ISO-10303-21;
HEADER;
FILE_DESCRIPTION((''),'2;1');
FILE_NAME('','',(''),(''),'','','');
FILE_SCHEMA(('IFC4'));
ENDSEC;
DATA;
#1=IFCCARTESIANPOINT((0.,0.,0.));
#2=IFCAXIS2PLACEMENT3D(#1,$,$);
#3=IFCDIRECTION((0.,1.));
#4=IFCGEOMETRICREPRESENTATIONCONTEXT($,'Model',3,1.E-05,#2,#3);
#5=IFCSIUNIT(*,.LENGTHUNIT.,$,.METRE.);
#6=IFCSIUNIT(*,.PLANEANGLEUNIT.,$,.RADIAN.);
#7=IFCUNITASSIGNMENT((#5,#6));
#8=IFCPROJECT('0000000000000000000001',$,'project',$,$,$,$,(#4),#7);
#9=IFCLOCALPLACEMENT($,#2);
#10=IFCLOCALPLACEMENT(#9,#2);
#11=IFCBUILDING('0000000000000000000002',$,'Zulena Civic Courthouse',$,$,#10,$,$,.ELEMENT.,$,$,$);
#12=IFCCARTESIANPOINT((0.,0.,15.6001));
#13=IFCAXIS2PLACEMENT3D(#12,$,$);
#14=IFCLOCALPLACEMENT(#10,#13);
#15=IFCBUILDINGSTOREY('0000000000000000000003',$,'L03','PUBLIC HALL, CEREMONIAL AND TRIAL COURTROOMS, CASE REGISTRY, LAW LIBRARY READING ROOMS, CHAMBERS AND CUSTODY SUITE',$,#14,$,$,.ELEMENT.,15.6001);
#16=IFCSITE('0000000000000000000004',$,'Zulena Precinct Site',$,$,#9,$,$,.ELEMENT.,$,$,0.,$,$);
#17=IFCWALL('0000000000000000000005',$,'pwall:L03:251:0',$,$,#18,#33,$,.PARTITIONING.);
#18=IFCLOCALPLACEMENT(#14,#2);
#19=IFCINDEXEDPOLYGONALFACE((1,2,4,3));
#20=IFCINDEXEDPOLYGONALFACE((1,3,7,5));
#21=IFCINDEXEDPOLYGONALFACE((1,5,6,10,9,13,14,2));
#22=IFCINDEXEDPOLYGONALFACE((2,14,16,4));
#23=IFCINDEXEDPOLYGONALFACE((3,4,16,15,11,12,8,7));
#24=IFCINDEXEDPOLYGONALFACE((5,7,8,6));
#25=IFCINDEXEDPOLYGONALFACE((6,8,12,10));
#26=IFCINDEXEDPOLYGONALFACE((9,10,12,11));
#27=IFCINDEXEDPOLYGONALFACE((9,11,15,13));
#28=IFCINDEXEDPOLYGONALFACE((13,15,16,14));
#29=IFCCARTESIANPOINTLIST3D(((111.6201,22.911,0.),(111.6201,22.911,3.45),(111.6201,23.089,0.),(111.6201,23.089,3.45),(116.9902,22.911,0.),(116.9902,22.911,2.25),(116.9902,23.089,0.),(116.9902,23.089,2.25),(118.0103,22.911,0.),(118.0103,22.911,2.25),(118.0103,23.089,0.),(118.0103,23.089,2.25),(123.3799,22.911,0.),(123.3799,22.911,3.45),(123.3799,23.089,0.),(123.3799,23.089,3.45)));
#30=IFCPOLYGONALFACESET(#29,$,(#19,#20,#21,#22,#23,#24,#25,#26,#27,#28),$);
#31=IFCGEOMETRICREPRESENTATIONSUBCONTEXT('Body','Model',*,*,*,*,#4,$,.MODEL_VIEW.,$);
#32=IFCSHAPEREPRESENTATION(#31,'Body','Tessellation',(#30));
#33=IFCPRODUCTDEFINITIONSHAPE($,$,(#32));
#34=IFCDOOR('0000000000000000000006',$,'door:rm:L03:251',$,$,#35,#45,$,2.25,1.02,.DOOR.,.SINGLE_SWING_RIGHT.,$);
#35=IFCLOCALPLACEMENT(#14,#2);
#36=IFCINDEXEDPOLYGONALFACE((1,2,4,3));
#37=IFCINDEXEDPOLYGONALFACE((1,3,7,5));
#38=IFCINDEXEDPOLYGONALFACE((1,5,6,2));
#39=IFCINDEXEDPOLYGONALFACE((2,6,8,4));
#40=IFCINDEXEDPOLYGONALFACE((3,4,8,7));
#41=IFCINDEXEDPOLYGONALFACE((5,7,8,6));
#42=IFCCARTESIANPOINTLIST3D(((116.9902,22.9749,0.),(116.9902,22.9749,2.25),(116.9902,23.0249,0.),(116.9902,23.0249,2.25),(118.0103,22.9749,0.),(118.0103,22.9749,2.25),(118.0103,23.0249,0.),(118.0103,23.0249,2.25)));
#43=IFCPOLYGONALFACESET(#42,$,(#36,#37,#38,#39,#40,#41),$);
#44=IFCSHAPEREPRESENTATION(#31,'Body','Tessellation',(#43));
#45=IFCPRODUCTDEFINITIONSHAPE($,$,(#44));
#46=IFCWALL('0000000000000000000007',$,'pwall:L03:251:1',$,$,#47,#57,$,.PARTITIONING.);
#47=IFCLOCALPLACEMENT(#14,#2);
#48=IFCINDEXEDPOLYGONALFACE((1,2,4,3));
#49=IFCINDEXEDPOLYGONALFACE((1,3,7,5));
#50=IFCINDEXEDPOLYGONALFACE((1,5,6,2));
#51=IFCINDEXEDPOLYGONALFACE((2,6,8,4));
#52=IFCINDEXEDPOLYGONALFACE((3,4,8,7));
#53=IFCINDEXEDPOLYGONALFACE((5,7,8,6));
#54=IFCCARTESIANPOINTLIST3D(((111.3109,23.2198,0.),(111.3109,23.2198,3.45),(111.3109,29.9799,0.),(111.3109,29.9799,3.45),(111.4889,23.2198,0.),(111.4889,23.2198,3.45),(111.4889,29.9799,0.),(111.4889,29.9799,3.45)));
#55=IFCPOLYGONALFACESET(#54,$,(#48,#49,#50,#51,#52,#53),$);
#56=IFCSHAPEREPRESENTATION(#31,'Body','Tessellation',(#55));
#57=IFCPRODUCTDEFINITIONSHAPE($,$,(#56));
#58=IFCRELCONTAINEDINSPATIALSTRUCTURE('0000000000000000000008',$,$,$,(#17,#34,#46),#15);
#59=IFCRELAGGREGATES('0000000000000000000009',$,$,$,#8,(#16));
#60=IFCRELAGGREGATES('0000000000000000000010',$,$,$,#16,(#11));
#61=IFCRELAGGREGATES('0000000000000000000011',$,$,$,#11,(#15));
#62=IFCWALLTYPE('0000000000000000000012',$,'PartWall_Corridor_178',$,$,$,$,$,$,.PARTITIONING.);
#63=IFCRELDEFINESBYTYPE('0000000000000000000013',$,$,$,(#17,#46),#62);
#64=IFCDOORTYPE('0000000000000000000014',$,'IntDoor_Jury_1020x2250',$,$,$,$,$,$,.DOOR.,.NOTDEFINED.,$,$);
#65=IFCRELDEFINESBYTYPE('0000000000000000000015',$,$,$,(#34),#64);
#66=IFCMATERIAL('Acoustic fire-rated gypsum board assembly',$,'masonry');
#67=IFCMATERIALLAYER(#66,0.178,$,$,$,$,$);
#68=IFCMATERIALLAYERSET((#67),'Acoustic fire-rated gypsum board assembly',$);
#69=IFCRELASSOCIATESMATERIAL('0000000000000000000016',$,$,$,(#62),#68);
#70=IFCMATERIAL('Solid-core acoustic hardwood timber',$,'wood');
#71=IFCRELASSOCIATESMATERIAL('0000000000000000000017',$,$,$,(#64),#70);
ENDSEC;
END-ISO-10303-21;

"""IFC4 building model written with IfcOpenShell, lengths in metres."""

from ifc_helpers import new_model, si_unit, direction, frame, frame_2d, origin, place, context, subcontext, project, spatial, rectangle, extrude, material, layer, layer_set, type_object, element, fill, save


model = new_model("IFC4")

# Units and contexts
model_context = context("Model", 3, precision=1e-05, world=origin(), true_north=direction((0.0, 1.0)))
body_context = subcontext(model_context, "Body", "Model", "MODEL_VIEW")
ifc_project = project(units=[si_unit("LENGTHUNIT", "METRE"), si_unit("PLANEANGLEUNIT", "RADIAN")], contexts=[model_context])

# Site, building, storey
site_placement = place(None, origin())
site = spatial("IfcSite", under=ifc_project, at=site_placement, Name="Zulena Precinct Site", CompositionType="ELEMENT", RefElevation=0.0)
building_placement = place(site_placement, origin())
building = spatial("IfcBuilding", under=site, at=building_placement, Name="Zulena Civic Courthouse", CompositionType="ELEMENT")
storey_placement = place(building_placement, frame((0.0, 0.0, 15.6001)))
storey = spatial("IfcBuildingStorey", under=building, at=storey_placement, Name="L03", Description="PUBLIC HALL, CEREMONIAL AND TRIAL COURTROOMS, CASE REGISTRY, LAW LIBRARY READING ROOMS, CHAMBERS AND CUSTODY SUITE", CompositionType="ELEMENT", Elevation=15.6001)

# Shared definitions
ifc_material_1 = material(Name="Solid-core acoustic hardwood timber", Category="wood")

# Wall, opening, door
ifc_material_2 = material(Name="Acoustic fire-rated gypsum board assembly", Category="masonry")
ifc_layer_1 = layer(ifc_material_2, 0.178)
ifc_layer_set_1 = layer_set([ifc_layer_1], Name="Acoustic fire-rated gypsum board assembly")
wall_type_1 = type_object("IfcWallType", Name="PartWall_Corridor_178", PredefinedType="PARTITIONING", material=ifc_layer_set_1)
wall_1_placement = place(storey_placement, frame((111.6201, 23.0, 0.0), z_axis=(0.0, 0.0, 1.0), x_axis=(1.0, 0.0, 0.0)))
wall_1 = element("IfcWall", 1, at=wall_1_placement, inside=storey, type_object=wall_type_1, Name="pwall:L03:251:0", PredefinedType="PARTITIONING", context=body_context, shape_type="SweptSolid", body=[
    extrude(rectangle(XDim=11.7598, YDim=0.178, at=frame_2d((5.8799, 0.0))), origin(), (0.0, 0.0, 1.0), 3.45),
])
opening_1_placement = place(wall_1_placement, frame((5.3701, 0.0, 0.0)))
opening_1 = element("IfcOpeningElement", 2, at=opening_1_placement, cuts=wall_1, PredefinedType="OPENING", context=body_context, shape_type="SweptSolid", body=[
    extrude(rectangle(XDim=1.02, YDim=2.25, at=frame_2d((0.51, 1.125))), frame((0.0, 0.0989, 0.0), z_axis=(0.0, -1.0, 0.0), x_axis=(1.0, 0.0, 0.0)), (0.0, 0.0, 1.0), 0.198),
])
door_type_1 = type_object("IfcDoorType", Name="IntDoor_Jury_1020x2250", OperationType="NOTDEFINED", PredefinedType="DOOR", material=ifc_material_1)
door_1_placement = place(opening_1_placement, origin())
door_1 = element("IfcDoor", 3, at=door_1_placement, inside=storey, type_object=door_type_1, Name="door:rm:L03:251", OperationType="SINGLE_SWING_RIGHT", OverallHeight=2.25, OverallWidth=1.02, PredefinedType="DOOR", context=body_context, shape_type="SweptSolid", body=[
    extrude(rectangle(XDim=1.02, YDim=2.25, at=frame_2d((0.51, 1.125))), frame((0.0, 0.0249, 0.0), z_axis=(0.0, -1.0, 0.0), x_axis=(1.0, 0.0, 0.0)), (0.0, 0.0, 1.0), 0.05),
])
fill(opening_1, door_1)

# Wall
wall_2_placement = place(storey_placement, frame((111.3999, 23.22, 0.0), z_axis=(0.0, 0.0, 1.0), x_axis=(0.0, 1.0, 0.0)))
element("IfcWall", 4, at=wall_2_placement, inside=storey, type_object=wall_type_1, Name="pwall:L03:251:1", PredefinedType="PARTITIONING", context=body_context, shape_type="SweptSolid", body=[
    extrude(rectangle(XDim=6.76, YDim=0.178, at=frame_2d((3.3799, 0.0))), origin(), (0.0, 0.0, 1.0), 3.45),
])

save(model, "model.ifc")
